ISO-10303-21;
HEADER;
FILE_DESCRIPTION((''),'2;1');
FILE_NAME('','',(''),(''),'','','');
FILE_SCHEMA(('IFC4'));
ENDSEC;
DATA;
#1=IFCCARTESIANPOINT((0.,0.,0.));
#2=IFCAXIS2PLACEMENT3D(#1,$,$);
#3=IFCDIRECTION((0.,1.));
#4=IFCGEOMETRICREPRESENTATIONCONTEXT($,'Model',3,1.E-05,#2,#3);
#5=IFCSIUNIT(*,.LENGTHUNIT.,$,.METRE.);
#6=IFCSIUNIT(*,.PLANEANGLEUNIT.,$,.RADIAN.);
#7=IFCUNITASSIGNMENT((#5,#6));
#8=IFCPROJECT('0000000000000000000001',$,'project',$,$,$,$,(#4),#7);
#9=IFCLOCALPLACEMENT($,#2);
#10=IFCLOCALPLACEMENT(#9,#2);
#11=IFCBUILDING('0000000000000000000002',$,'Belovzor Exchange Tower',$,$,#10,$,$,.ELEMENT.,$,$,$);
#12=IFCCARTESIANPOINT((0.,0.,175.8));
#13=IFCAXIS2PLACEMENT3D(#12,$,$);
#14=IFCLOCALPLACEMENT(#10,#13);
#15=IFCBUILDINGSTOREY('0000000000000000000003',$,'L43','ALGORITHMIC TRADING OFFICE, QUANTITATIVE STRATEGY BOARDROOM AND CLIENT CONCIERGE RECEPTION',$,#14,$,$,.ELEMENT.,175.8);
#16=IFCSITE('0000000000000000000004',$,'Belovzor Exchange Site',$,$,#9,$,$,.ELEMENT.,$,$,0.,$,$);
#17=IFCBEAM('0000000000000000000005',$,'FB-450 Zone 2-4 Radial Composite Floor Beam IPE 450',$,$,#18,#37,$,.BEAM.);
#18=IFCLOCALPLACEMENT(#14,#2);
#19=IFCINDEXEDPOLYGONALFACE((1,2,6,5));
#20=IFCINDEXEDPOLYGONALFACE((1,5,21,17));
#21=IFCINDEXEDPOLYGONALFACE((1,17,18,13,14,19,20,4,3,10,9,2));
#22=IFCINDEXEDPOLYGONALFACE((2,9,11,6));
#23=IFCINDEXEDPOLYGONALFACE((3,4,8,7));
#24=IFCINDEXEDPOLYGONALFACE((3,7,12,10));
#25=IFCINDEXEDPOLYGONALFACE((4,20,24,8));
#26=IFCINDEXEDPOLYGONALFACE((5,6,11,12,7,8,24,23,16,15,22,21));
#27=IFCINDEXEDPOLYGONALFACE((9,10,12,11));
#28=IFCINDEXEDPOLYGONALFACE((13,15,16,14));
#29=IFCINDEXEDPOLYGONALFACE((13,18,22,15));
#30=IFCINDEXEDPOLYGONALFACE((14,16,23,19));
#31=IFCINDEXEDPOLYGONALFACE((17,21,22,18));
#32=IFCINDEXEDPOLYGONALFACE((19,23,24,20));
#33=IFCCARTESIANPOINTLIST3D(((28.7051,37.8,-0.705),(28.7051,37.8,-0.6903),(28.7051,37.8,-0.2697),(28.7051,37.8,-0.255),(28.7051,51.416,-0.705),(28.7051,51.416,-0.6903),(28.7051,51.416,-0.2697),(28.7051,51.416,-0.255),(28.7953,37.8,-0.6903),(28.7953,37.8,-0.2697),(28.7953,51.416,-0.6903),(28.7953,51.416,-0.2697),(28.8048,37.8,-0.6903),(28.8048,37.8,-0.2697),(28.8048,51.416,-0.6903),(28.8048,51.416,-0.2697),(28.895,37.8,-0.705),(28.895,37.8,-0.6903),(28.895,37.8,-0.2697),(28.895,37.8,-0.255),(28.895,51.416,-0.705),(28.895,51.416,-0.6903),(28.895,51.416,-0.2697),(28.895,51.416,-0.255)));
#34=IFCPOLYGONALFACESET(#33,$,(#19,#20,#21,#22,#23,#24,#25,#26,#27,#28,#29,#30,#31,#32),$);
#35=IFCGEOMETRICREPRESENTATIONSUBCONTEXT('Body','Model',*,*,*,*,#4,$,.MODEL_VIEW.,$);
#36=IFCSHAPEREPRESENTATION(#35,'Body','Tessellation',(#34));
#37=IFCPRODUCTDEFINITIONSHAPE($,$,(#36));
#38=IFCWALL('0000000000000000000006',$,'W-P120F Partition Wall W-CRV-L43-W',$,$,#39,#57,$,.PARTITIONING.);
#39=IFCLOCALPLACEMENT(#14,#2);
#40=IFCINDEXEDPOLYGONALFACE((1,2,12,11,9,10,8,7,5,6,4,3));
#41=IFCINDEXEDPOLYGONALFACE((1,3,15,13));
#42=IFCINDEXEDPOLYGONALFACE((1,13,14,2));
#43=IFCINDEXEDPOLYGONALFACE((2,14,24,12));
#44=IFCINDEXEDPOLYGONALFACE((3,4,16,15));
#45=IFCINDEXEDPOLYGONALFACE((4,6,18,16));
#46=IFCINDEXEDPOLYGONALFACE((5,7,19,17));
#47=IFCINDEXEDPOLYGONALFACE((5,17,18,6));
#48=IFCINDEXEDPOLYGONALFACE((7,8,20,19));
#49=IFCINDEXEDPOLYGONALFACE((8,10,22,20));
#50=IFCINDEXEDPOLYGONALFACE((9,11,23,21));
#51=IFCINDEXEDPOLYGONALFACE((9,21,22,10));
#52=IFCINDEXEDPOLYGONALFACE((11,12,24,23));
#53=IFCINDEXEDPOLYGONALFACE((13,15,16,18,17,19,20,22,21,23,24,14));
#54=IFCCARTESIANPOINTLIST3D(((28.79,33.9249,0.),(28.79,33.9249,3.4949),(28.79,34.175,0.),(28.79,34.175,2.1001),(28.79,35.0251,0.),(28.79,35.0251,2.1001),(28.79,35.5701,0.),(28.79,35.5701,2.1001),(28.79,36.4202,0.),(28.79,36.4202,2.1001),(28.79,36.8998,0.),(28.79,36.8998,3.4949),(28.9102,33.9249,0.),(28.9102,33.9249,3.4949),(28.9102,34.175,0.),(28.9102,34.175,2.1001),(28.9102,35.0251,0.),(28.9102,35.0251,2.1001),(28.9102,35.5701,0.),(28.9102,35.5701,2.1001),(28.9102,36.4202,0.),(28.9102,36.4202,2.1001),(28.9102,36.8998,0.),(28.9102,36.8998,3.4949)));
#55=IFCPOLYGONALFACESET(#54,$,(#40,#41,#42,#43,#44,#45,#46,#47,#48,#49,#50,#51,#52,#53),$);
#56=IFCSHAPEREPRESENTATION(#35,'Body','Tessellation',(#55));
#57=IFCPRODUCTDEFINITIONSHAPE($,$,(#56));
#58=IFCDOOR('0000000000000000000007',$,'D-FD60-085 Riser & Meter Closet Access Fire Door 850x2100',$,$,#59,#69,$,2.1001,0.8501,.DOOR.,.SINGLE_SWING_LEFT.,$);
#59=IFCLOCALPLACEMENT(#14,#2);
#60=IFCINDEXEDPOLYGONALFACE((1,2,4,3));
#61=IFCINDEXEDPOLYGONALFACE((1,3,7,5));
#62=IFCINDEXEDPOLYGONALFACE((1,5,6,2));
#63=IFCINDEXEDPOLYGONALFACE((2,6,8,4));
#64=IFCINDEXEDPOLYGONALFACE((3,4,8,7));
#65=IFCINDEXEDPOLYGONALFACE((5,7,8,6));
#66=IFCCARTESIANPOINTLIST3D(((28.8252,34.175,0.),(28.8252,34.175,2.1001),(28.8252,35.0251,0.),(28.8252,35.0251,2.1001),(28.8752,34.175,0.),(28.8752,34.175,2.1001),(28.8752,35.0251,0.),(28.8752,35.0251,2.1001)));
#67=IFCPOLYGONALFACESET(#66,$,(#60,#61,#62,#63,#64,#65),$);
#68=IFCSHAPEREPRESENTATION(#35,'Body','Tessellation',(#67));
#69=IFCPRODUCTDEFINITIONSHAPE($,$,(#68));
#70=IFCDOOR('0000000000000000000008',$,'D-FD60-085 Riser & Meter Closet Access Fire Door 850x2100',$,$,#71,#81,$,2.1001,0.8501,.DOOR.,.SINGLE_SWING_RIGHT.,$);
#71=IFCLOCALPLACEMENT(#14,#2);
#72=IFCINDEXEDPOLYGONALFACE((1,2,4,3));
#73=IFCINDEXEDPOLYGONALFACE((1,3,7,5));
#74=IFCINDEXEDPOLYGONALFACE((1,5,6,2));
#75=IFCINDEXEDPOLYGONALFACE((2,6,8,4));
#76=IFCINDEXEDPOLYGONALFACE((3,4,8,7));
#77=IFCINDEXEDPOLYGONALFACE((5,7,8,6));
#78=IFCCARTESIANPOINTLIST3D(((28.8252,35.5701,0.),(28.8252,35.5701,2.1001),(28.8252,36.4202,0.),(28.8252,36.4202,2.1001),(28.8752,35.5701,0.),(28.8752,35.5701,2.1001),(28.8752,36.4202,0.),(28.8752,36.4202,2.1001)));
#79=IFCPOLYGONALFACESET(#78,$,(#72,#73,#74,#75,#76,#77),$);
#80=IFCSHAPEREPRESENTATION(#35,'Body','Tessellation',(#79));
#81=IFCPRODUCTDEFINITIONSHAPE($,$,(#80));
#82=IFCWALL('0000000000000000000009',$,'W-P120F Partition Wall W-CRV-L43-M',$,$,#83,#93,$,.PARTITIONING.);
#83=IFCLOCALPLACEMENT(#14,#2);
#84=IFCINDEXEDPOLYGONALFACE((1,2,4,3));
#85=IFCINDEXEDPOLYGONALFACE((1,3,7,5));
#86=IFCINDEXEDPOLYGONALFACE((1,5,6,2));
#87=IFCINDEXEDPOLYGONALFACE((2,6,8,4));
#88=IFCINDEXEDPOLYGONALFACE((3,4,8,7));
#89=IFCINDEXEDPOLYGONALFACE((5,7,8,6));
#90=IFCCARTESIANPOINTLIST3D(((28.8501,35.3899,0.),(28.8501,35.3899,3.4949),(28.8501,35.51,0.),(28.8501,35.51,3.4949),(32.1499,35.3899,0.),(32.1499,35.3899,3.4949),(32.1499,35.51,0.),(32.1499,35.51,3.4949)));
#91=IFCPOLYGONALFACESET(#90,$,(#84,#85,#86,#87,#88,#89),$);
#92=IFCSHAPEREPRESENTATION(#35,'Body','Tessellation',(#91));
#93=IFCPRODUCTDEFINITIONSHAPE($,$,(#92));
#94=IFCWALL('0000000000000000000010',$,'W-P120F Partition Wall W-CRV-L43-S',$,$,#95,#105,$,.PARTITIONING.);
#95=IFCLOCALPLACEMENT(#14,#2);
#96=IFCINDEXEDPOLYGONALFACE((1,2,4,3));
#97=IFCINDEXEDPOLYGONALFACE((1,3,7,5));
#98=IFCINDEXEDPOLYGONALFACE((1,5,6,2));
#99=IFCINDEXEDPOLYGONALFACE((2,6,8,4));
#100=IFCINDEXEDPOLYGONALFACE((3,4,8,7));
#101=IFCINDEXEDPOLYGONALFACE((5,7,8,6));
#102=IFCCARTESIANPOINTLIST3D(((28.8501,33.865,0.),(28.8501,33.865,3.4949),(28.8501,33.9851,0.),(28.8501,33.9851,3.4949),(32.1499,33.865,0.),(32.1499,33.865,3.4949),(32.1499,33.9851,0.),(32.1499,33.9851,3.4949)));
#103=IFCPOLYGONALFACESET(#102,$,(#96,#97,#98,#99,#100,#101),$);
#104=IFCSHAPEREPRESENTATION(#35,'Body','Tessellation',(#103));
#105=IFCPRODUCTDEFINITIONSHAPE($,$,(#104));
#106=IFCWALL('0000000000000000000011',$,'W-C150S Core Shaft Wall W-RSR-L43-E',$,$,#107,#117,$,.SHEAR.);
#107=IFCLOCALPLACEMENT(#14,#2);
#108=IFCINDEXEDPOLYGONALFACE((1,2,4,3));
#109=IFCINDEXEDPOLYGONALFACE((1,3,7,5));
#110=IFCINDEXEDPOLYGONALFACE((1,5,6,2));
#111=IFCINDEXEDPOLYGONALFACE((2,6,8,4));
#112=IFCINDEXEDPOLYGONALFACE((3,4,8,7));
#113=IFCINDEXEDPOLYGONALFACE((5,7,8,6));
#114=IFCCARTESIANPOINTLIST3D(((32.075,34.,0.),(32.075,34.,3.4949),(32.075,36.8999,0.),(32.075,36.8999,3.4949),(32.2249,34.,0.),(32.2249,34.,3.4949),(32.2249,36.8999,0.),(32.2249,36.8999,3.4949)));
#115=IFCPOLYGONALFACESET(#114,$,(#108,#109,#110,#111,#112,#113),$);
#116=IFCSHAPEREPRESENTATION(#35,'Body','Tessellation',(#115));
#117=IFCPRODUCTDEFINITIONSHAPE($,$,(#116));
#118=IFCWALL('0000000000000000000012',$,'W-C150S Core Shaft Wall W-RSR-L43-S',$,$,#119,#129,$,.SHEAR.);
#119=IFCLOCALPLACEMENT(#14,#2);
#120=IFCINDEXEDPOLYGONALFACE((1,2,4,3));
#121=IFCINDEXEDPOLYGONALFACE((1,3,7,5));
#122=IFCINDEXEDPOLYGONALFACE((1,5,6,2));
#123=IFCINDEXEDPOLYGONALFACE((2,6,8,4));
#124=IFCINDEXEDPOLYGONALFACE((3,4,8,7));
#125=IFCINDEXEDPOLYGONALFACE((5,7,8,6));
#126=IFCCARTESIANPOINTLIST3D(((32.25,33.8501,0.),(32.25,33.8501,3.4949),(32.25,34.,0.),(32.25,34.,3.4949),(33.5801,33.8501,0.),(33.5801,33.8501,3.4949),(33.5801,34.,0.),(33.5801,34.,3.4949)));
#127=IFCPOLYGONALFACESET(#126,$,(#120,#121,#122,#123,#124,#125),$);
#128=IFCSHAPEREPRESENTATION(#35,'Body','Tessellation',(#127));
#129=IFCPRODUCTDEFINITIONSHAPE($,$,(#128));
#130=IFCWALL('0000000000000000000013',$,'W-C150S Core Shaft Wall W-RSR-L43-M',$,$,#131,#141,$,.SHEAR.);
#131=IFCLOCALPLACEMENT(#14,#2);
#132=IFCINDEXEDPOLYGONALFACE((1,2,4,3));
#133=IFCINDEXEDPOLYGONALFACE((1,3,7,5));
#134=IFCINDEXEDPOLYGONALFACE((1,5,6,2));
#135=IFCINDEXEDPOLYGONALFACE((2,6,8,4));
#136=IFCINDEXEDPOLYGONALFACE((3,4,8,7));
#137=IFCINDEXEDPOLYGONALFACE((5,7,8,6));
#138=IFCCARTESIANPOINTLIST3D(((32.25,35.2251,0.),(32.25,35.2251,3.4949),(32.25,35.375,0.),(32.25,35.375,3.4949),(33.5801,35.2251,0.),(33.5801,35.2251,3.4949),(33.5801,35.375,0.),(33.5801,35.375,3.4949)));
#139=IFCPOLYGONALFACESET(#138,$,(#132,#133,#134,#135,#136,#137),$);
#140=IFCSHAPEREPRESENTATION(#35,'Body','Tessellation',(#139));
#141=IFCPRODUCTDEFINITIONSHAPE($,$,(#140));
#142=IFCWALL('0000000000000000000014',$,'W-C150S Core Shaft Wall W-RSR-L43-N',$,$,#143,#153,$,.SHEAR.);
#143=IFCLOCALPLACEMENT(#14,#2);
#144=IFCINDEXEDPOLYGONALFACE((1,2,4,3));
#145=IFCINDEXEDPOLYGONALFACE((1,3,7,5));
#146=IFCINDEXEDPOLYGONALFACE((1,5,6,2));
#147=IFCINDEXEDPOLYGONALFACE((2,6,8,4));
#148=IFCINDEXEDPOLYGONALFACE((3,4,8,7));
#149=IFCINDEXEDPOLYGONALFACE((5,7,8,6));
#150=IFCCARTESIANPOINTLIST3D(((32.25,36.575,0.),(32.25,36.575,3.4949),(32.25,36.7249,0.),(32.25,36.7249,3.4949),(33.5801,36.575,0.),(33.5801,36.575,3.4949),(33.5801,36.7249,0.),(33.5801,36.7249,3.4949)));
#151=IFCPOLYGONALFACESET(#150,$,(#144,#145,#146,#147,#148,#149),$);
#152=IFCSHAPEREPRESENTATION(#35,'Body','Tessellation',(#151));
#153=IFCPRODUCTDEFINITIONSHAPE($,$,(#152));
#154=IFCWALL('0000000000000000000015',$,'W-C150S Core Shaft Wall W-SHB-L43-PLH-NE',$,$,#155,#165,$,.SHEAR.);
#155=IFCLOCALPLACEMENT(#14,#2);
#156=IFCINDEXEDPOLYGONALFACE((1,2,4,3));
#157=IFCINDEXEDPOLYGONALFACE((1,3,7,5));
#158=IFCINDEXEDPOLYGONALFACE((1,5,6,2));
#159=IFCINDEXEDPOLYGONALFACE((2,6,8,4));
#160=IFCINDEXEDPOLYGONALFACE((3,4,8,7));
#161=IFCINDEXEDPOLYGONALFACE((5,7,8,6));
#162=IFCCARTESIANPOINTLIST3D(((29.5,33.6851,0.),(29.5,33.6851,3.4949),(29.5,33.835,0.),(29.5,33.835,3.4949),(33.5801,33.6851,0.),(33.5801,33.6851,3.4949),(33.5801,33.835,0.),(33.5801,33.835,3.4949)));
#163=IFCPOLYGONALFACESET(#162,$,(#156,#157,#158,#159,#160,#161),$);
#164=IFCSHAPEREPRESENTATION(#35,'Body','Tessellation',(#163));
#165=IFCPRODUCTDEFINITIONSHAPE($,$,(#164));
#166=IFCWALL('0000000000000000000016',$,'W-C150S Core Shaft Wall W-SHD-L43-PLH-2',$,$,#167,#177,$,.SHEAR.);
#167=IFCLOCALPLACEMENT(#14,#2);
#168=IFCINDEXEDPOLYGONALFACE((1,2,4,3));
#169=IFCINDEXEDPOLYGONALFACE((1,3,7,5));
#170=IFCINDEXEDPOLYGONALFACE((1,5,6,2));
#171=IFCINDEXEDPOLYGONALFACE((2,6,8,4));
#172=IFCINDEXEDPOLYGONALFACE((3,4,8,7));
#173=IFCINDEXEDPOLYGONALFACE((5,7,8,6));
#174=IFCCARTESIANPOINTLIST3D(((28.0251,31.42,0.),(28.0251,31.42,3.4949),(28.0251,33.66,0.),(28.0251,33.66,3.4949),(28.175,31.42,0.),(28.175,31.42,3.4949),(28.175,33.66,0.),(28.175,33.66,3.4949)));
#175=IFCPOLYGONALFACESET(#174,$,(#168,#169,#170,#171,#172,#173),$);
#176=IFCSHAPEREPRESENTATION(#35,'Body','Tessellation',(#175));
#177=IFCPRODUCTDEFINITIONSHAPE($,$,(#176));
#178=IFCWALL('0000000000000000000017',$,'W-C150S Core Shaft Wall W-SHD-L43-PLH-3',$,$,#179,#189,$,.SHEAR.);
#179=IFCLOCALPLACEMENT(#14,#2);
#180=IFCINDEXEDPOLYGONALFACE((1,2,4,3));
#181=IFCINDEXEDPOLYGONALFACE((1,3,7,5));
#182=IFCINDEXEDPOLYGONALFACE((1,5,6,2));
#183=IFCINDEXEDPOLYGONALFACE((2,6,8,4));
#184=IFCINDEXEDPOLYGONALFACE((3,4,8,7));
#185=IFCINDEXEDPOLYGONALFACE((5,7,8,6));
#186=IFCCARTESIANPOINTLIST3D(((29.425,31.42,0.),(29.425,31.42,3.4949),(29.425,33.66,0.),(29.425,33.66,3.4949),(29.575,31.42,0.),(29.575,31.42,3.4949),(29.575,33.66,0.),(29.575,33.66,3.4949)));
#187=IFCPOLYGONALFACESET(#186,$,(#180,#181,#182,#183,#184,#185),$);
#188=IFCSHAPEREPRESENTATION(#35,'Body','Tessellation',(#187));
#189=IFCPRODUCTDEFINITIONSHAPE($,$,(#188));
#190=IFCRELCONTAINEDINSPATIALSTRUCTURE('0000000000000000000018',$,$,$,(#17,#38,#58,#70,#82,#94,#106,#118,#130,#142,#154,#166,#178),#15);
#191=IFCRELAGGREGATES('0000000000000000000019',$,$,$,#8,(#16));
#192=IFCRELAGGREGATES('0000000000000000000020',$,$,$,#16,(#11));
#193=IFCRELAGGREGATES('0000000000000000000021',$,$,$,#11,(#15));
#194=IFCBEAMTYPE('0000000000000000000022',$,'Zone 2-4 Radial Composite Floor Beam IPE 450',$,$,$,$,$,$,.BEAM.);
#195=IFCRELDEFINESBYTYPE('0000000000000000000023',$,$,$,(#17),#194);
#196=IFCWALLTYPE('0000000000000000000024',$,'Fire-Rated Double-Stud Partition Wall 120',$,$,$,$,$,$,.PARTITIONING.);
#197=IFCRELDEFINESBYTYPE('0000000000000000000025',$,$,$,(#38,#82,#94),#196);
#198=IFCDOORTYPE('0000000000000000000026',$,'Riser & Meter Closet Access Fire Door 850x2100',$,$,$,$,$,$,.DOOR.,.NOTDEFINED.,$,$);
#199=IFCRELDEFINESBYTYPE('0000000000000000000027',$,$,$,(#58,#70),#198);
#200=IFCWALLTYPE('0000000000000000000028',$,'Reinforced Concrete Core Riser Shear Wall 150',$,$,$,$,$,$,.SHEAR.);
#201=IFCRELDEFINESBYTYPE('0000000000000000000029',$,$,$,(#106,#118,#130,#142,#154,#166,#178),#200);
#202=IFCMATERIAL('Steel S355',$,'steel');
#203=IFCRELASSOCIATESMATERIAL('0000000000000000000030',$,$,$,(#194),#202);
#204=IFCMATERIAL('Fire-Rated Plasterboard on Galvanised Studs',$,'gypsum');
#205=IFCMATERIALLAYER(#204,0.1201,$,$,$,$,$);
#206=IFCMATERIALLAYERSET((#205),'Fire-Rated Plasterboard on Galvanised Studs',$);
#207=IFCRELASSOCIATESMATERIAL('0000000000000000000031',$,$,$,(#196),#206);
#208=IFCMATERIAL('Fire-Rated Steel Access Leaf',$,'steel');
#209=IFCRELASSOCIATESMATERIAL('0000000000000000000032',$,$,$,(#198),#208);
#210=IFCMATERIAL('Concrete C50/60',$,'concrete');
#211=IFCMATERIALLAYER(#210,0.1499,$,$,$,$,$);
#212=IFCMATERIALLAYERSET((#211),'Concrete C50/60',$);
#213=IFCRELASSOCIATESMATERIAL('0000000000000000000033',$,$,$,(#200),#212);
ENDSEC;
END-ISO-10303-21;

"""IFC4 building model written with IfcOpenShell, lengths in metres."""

from ifc_helpers import new_model, si_unit, direction, frame, frame_2d, origin, origin_2d, place, context, subcontext, project, spatial, rectangle, i_section, extrude, material, layer, layer_set, material_profile, profile_set, type_object, element, fill, save


model = new_model("IFC4")

# Units and contexts
model_context = context("Model", 3, precision=1e-05, world=origin(), true_north=direction((0.0, 1.0)))
body_context = subcontext(model_context, "Body", "Model", "MODEL_VIEW")
ifc_project = project(units=[si_unit("LENGTHUNIT", "METRE"), si_unit("PLANEANGLEUNIT", "RADIAN")], contexts=[model_context])

# Site, building, storey
site_placement = place(None, origin())
site = spatial("IfcSite", under=ifc_project, at=site_placement, Name="Belovzor Exchange Site", CompositionType="ELEMENT", RefElevation=0.0)
building_placement = place(site_placement, origin())
building = spatial("IfcBuilding", under=site, at=building_placement, Name="Belovzor Exchange Tower", CompositionType="ELEMENT")
storey_placement = place(building_placement, frame((0.0, 0.0, 175.8)))
storey = spatial("IfcBuildingStorey", under=building, at=storey_placement, Name="L43", Description="ALGORITHMIC TRADING OFFICE, QUANTITATIVE STRATEGY BOARDROOM AND CLIENT CONCIERGE RECEPTION", CompositionType="ELEMENT", Elevation=175.8)

# Beam
ifc_material_1 = material(Name="Steel S355", Category="steel")
ifc_material_profile = material_profile(ifc_material_1, i_section(OverallWidth=0.1899, OverallDepth=0.45, WebThickness=0.0095, FlangeThickness=0.0146, at=origin_2d()))
ifc_profile_set = profile_set([ifc_material_profile], Name="Steel S355")
beam_type = type_object("IfcBeamType", Name="Zone 2-4 Radial Composite Floor Beam IPE 450", PredefinedType="BEAM", material=ifc_profile_set)
beam_placement = place(storey_placement, frame((28.8, 37.8, -0.48), z_axis=(0.0, 1.0, 0.0), x_axis=(-1.0, 0.0, 0.0)))
element("IfcBeam", 1, at=beam_placement, inside=storey, type_object=beam_type, Name="FB-450 Zone 2-4 Radial Composite Floor Beam IPE 450", PredefinedType="BEAM", context=body_context, shape_type="SweptSolid", body=[
    extrude(i_section(OverallWidth=0.1899, OverallDepth=0.45, WebThickness=0.0095, FlangeThickness=0.0146, at=origin_2d()), origin(), (0.0, 0.0, 1.0), 13.616),
])

# Wall, openings, doors
ifc_material_2 = material(Name="Fire-Rated Plasterboard on Galvanised Studs", Category="gypsum")
ifc_layer_1 = layer(ifc_material_2, 0.1201)
ifc_layer_set_1 = layer_set([ifc_layer_1], Name="Fire-Rated Plasterboard on Galvanised Studs")
wall_type_1 = type_object("IfcWallType", Name="Fire-Rated Double-Stud Partition Wall 120", PredefinedType="PARTITIONING", material=ifc_layer_set_1)
wall_1_placement = place(storey_placement, frame((28.8501, 33.925, 0.0), z_axis=(0.0, 0.0, 1.0), x_axis=(0.0, 1.0, 0.0)))
wall_1 = element("IfcWall", 2, at=wall_1_placement, inside=storey, type_object=wall_type_1, Name="W-P120F Partition Wall W-CRV-L43-W", PredefinedType="PARTITIONING", context=body_context, shape_type="SweptSolid", body=[
    extrude(rectangle(XDim=2.9749, YDim=0.1201, at=frame_2d((1.4873, 0.0))), origin(), (0.0, 0.0, 1.0), 3.4949),
])
opening_1_placement = place(wall_1_placement, frame((0.25, 0.0, 0.0)))
opening_1 = element("IfcOpeningElement", 3, at=opening_1_placement, cuts=wall_1, PredefinedType="OPENING", context=body_context, shape_type="SweptSolid", body=[
    extrude(rectangle(XDim=0.8501, YDim=2.1001, at=frame_2d((0.425, 1.05))), frame((0.0, 0.0701, 0.0), z_axis=(0.0, -1.0, 0.0), x_axis=(1.0, 0.0, 0.0)), (0.0, 0.0, 1.0), 0.1401),
])
opening_2_placement = place(wall_1_placement, frame((1.645, 0.0, 0.0)))
opening_2 = element("IfcOpeningElement", 4, at=opening_2_placement, cuts=wall_1, PredefinedType="OPENING", context=body_context, shape_type="SweptSolid", body=[
    extrude(rectangle(XDim=0.8501, YDim=2.1001, at=frame_2d((0.425, 1.05))), frame((0.0, 0.0701, 0.0), z_axis=(0.0, -1.0, 0.0), x_axis=(1.0, 0.0, 0.0)), (0.0, 0.0, 1.0), 0.1401),
])
ifc_material_3 = material(Name="Fire-Rated Steel Access Leaf", Category="steel")
door_type = type_object("IfcDoorType", Name="Riser & Meter Closet Access Fire Door 850x2100", OperationType="NOTDEFINED", PredefinedType="DOOR", material=ifc_material_3)
door_1_placement = place(opening_1_placement, origin())
door_1 = element("IfcDoor", 5, at=door_1_placement, inside=storey, type_object=door_type, Name="D-FD60-085 Riser & Meter Closet Access Fire Door 850x2100", OperationType="SINGLE_SWING_LEFT", OverallHeight=2.1001, OverallWidth=0.8501, PredefinedType="DOOR", context=body_context, shape_type="SweptSolid", body=[
    extrude(rectangle(XDim=0.8501, YDim=2.1001, at=frame_2d((0.425, 1.05))), frame((0.0, 0.0249, 0.0), z_axis=(0.0, -1.0, 0.0), x_axis=(1.0, 0.0, 0.0)), (0.0, 0.0, 1.0), 0.05),
])
fill(opening_1, door_1)
door_2_placement = place(opening_2_placement, origin())
door_2 = element("IfcDoor", 6, at=door_2_placement, inside=storey, type_object=door_type, Name="D-FD60-085 Riser & Meter Closet Access Fire Door 850x2100", OperationType="SINGLE_SWING_RIGHT", OverallHeight=2.1001, OverallWidth=0.8501, PredefinedType="DOOR", context=body_context, shape_type="SweptSolid", body=[
    extrude(rectangle(XDim=0.8501, YDim=2.1001, at=frame_2d((0.425, 1.05))), frame((0.0, 0.0249, 0.0), z_axis=(0.0, -1.0, 0.0), x_axis=(1.0, 0.0, 0.0)), (0.0, 0.0, 1.0), 0.05),
])
fill(opening_2, door_2)

# Walls
for number, where, z_axis, x_axis, name in (
    (7, (28.8501, 35.45, 0.0), (0.0, 0.0, 1.0), (1.0, 0.0, 0.0), "W-P120F Partition Wall W-CRV-L43-M"),
    (8, (28.8501, 33.925, 0.0), (0.0, 0.0, 1.0), (1.0, 0.0, 0.0), "W-P120F Partition Wall W-CRV-L43-S"),
):
    element("IfcWall", number, at=place(storey_placement, frame(where, z_axis=z_axis, x_axis=x_axis)), inside=storey, type_object=wall_type_1, Name=name, PredefinedType="PARTITIONING", context=body_context, shape_type="SweptSolid", body=[
        extrude(rectangle(XDim=3.2998, YDim=0.1201, at=frame_2d((1.6499, 0.0))), origin(), (0.0, 0.0, 1.0), 3.4949),
    ])
ifc_material_4 = material(Name="Concrete C50/60", Category="concrete")
ifc_layer_2 = layer(ifc_material_4, 0.1499)
ifc_layer_set_2 = layer_set([ifc_layer_2], Name="Concrete C50/60")
wall_type_2 = type_object("IfcWallType", Name="Reinforced Concrete Core Riser Shear Wall 150", PredefinedType="SHEAR", material=ifc_layer_set_2)
wall_2_placement = place(storey_placement, frame((32.1499, 34.0, 0.0), z_axis=(0.0, 0.0, 1.0), x_axis=(0.0, 1.0, 0.0)))
element("IfcWall", 9, at=wall_2_placement, inside=storey, type_object=wall_type_2, Name="W-C150S Core Shaft Wall W-RSR-L43-E", PredefinedType="SHEAR", context=body_context, shape_type="SweptSolid", body=[
    extrude(rectangle(XDim=2.8999, YDim=0.1499, at=frame_2d((1.45, 0.0))), origin(), (0.0, 0.0, 1.0), 3.4949),
])
for number, where, z_axis, x_axis, name in (
    (10, (32.25, 33.925, 0.0), (0.0, 0.0, 1.0), (1.0, 0.0, 0.0), "W-C150S Core Shaft Wall W-RSR-L43-S"),
    (11, (32.25, 35.3, 0.0), (0.0, 0.0, 1.0), (1.0, 0.0, 0.0), "W-C150S Core Shaft Wall W-RSR-L43-M"),
    (12, (32.25, 36.6499, 0.0), (0.0, 0.0, 1.0), (1.0, 0.0, 0.0), "W-C150S Core Shaft Wall W-RSR-L43-N"),
):
    element("IfcWall", number, at=place(storey_placement, frame(where, z_axis=z_axis, x_axis=x_axis)), inside=storey, type_object=wall_type_2, Name=name, PredefinedType="SHEAR", context=body_context, shape_type="SweptSolid", body=[
        extrude(rectangle(XDim=1.3301, YDim=0.1499, at=frame_2d((0.665, 0.0))), origin(), (0.0, 0.0, 1.0), 3.4949),
    ])
wall_3_placement = place(storey_placement, frame((29.5, 33.76, 0.0), z_axis=(0.0, 0.0, 1.0), x_axis=(1.0, 0.0, 0.0)))
element("IfcWall", 13, at=wall_3_placement, inside=storey, type_object=wall_type_2, Name="W-C150S Core Shaft Wall W-SHB-L43-PLH-NE", PredefinedType="SHEAR", context=body_context, shape_type="SweptSolid", body=[
    extrude(rectangle(XDim=4.0801, YDim=0.1499, at=frame_2d((2.04, 0.0))), origin(), (0.0, 0.0, 1.0), 3.4949),
])
for number, where, z_axis, x_axis, name in (
    (14, (28.1001, 31.4199, 0.0), (0.0, 0.0, 1.0), (0.0, 1.0, 0.0), "W-C150S Core Shaft Wall W-SHD-L43-PLH-2"),
    (15, (29.5, 31.4199, 0.0), (0.0, 0.0, 1.0), (0.0, 1.0, 0.0), "W-C150S Core Shaft Wall W-SHD-L43-PLH-3"),
):
    element("IfcWall", number, at=place(storey_placement, frame(where, z_axis=z_axis, x_axis=x_axis)), inside=storey, type_object=wall_type_2, Name=name, PredefinedType="SHEAR", context=body_context, shape_type="SweptSolid", body=[
        extrude(rectangle(XDim=2.24, YDim=0.1499, at=frame_2d((1.1201, 0.0))), origin(), (0.0, 0.0, 1.0), 3.4949),
    ])

save(model, "model.ifc")
